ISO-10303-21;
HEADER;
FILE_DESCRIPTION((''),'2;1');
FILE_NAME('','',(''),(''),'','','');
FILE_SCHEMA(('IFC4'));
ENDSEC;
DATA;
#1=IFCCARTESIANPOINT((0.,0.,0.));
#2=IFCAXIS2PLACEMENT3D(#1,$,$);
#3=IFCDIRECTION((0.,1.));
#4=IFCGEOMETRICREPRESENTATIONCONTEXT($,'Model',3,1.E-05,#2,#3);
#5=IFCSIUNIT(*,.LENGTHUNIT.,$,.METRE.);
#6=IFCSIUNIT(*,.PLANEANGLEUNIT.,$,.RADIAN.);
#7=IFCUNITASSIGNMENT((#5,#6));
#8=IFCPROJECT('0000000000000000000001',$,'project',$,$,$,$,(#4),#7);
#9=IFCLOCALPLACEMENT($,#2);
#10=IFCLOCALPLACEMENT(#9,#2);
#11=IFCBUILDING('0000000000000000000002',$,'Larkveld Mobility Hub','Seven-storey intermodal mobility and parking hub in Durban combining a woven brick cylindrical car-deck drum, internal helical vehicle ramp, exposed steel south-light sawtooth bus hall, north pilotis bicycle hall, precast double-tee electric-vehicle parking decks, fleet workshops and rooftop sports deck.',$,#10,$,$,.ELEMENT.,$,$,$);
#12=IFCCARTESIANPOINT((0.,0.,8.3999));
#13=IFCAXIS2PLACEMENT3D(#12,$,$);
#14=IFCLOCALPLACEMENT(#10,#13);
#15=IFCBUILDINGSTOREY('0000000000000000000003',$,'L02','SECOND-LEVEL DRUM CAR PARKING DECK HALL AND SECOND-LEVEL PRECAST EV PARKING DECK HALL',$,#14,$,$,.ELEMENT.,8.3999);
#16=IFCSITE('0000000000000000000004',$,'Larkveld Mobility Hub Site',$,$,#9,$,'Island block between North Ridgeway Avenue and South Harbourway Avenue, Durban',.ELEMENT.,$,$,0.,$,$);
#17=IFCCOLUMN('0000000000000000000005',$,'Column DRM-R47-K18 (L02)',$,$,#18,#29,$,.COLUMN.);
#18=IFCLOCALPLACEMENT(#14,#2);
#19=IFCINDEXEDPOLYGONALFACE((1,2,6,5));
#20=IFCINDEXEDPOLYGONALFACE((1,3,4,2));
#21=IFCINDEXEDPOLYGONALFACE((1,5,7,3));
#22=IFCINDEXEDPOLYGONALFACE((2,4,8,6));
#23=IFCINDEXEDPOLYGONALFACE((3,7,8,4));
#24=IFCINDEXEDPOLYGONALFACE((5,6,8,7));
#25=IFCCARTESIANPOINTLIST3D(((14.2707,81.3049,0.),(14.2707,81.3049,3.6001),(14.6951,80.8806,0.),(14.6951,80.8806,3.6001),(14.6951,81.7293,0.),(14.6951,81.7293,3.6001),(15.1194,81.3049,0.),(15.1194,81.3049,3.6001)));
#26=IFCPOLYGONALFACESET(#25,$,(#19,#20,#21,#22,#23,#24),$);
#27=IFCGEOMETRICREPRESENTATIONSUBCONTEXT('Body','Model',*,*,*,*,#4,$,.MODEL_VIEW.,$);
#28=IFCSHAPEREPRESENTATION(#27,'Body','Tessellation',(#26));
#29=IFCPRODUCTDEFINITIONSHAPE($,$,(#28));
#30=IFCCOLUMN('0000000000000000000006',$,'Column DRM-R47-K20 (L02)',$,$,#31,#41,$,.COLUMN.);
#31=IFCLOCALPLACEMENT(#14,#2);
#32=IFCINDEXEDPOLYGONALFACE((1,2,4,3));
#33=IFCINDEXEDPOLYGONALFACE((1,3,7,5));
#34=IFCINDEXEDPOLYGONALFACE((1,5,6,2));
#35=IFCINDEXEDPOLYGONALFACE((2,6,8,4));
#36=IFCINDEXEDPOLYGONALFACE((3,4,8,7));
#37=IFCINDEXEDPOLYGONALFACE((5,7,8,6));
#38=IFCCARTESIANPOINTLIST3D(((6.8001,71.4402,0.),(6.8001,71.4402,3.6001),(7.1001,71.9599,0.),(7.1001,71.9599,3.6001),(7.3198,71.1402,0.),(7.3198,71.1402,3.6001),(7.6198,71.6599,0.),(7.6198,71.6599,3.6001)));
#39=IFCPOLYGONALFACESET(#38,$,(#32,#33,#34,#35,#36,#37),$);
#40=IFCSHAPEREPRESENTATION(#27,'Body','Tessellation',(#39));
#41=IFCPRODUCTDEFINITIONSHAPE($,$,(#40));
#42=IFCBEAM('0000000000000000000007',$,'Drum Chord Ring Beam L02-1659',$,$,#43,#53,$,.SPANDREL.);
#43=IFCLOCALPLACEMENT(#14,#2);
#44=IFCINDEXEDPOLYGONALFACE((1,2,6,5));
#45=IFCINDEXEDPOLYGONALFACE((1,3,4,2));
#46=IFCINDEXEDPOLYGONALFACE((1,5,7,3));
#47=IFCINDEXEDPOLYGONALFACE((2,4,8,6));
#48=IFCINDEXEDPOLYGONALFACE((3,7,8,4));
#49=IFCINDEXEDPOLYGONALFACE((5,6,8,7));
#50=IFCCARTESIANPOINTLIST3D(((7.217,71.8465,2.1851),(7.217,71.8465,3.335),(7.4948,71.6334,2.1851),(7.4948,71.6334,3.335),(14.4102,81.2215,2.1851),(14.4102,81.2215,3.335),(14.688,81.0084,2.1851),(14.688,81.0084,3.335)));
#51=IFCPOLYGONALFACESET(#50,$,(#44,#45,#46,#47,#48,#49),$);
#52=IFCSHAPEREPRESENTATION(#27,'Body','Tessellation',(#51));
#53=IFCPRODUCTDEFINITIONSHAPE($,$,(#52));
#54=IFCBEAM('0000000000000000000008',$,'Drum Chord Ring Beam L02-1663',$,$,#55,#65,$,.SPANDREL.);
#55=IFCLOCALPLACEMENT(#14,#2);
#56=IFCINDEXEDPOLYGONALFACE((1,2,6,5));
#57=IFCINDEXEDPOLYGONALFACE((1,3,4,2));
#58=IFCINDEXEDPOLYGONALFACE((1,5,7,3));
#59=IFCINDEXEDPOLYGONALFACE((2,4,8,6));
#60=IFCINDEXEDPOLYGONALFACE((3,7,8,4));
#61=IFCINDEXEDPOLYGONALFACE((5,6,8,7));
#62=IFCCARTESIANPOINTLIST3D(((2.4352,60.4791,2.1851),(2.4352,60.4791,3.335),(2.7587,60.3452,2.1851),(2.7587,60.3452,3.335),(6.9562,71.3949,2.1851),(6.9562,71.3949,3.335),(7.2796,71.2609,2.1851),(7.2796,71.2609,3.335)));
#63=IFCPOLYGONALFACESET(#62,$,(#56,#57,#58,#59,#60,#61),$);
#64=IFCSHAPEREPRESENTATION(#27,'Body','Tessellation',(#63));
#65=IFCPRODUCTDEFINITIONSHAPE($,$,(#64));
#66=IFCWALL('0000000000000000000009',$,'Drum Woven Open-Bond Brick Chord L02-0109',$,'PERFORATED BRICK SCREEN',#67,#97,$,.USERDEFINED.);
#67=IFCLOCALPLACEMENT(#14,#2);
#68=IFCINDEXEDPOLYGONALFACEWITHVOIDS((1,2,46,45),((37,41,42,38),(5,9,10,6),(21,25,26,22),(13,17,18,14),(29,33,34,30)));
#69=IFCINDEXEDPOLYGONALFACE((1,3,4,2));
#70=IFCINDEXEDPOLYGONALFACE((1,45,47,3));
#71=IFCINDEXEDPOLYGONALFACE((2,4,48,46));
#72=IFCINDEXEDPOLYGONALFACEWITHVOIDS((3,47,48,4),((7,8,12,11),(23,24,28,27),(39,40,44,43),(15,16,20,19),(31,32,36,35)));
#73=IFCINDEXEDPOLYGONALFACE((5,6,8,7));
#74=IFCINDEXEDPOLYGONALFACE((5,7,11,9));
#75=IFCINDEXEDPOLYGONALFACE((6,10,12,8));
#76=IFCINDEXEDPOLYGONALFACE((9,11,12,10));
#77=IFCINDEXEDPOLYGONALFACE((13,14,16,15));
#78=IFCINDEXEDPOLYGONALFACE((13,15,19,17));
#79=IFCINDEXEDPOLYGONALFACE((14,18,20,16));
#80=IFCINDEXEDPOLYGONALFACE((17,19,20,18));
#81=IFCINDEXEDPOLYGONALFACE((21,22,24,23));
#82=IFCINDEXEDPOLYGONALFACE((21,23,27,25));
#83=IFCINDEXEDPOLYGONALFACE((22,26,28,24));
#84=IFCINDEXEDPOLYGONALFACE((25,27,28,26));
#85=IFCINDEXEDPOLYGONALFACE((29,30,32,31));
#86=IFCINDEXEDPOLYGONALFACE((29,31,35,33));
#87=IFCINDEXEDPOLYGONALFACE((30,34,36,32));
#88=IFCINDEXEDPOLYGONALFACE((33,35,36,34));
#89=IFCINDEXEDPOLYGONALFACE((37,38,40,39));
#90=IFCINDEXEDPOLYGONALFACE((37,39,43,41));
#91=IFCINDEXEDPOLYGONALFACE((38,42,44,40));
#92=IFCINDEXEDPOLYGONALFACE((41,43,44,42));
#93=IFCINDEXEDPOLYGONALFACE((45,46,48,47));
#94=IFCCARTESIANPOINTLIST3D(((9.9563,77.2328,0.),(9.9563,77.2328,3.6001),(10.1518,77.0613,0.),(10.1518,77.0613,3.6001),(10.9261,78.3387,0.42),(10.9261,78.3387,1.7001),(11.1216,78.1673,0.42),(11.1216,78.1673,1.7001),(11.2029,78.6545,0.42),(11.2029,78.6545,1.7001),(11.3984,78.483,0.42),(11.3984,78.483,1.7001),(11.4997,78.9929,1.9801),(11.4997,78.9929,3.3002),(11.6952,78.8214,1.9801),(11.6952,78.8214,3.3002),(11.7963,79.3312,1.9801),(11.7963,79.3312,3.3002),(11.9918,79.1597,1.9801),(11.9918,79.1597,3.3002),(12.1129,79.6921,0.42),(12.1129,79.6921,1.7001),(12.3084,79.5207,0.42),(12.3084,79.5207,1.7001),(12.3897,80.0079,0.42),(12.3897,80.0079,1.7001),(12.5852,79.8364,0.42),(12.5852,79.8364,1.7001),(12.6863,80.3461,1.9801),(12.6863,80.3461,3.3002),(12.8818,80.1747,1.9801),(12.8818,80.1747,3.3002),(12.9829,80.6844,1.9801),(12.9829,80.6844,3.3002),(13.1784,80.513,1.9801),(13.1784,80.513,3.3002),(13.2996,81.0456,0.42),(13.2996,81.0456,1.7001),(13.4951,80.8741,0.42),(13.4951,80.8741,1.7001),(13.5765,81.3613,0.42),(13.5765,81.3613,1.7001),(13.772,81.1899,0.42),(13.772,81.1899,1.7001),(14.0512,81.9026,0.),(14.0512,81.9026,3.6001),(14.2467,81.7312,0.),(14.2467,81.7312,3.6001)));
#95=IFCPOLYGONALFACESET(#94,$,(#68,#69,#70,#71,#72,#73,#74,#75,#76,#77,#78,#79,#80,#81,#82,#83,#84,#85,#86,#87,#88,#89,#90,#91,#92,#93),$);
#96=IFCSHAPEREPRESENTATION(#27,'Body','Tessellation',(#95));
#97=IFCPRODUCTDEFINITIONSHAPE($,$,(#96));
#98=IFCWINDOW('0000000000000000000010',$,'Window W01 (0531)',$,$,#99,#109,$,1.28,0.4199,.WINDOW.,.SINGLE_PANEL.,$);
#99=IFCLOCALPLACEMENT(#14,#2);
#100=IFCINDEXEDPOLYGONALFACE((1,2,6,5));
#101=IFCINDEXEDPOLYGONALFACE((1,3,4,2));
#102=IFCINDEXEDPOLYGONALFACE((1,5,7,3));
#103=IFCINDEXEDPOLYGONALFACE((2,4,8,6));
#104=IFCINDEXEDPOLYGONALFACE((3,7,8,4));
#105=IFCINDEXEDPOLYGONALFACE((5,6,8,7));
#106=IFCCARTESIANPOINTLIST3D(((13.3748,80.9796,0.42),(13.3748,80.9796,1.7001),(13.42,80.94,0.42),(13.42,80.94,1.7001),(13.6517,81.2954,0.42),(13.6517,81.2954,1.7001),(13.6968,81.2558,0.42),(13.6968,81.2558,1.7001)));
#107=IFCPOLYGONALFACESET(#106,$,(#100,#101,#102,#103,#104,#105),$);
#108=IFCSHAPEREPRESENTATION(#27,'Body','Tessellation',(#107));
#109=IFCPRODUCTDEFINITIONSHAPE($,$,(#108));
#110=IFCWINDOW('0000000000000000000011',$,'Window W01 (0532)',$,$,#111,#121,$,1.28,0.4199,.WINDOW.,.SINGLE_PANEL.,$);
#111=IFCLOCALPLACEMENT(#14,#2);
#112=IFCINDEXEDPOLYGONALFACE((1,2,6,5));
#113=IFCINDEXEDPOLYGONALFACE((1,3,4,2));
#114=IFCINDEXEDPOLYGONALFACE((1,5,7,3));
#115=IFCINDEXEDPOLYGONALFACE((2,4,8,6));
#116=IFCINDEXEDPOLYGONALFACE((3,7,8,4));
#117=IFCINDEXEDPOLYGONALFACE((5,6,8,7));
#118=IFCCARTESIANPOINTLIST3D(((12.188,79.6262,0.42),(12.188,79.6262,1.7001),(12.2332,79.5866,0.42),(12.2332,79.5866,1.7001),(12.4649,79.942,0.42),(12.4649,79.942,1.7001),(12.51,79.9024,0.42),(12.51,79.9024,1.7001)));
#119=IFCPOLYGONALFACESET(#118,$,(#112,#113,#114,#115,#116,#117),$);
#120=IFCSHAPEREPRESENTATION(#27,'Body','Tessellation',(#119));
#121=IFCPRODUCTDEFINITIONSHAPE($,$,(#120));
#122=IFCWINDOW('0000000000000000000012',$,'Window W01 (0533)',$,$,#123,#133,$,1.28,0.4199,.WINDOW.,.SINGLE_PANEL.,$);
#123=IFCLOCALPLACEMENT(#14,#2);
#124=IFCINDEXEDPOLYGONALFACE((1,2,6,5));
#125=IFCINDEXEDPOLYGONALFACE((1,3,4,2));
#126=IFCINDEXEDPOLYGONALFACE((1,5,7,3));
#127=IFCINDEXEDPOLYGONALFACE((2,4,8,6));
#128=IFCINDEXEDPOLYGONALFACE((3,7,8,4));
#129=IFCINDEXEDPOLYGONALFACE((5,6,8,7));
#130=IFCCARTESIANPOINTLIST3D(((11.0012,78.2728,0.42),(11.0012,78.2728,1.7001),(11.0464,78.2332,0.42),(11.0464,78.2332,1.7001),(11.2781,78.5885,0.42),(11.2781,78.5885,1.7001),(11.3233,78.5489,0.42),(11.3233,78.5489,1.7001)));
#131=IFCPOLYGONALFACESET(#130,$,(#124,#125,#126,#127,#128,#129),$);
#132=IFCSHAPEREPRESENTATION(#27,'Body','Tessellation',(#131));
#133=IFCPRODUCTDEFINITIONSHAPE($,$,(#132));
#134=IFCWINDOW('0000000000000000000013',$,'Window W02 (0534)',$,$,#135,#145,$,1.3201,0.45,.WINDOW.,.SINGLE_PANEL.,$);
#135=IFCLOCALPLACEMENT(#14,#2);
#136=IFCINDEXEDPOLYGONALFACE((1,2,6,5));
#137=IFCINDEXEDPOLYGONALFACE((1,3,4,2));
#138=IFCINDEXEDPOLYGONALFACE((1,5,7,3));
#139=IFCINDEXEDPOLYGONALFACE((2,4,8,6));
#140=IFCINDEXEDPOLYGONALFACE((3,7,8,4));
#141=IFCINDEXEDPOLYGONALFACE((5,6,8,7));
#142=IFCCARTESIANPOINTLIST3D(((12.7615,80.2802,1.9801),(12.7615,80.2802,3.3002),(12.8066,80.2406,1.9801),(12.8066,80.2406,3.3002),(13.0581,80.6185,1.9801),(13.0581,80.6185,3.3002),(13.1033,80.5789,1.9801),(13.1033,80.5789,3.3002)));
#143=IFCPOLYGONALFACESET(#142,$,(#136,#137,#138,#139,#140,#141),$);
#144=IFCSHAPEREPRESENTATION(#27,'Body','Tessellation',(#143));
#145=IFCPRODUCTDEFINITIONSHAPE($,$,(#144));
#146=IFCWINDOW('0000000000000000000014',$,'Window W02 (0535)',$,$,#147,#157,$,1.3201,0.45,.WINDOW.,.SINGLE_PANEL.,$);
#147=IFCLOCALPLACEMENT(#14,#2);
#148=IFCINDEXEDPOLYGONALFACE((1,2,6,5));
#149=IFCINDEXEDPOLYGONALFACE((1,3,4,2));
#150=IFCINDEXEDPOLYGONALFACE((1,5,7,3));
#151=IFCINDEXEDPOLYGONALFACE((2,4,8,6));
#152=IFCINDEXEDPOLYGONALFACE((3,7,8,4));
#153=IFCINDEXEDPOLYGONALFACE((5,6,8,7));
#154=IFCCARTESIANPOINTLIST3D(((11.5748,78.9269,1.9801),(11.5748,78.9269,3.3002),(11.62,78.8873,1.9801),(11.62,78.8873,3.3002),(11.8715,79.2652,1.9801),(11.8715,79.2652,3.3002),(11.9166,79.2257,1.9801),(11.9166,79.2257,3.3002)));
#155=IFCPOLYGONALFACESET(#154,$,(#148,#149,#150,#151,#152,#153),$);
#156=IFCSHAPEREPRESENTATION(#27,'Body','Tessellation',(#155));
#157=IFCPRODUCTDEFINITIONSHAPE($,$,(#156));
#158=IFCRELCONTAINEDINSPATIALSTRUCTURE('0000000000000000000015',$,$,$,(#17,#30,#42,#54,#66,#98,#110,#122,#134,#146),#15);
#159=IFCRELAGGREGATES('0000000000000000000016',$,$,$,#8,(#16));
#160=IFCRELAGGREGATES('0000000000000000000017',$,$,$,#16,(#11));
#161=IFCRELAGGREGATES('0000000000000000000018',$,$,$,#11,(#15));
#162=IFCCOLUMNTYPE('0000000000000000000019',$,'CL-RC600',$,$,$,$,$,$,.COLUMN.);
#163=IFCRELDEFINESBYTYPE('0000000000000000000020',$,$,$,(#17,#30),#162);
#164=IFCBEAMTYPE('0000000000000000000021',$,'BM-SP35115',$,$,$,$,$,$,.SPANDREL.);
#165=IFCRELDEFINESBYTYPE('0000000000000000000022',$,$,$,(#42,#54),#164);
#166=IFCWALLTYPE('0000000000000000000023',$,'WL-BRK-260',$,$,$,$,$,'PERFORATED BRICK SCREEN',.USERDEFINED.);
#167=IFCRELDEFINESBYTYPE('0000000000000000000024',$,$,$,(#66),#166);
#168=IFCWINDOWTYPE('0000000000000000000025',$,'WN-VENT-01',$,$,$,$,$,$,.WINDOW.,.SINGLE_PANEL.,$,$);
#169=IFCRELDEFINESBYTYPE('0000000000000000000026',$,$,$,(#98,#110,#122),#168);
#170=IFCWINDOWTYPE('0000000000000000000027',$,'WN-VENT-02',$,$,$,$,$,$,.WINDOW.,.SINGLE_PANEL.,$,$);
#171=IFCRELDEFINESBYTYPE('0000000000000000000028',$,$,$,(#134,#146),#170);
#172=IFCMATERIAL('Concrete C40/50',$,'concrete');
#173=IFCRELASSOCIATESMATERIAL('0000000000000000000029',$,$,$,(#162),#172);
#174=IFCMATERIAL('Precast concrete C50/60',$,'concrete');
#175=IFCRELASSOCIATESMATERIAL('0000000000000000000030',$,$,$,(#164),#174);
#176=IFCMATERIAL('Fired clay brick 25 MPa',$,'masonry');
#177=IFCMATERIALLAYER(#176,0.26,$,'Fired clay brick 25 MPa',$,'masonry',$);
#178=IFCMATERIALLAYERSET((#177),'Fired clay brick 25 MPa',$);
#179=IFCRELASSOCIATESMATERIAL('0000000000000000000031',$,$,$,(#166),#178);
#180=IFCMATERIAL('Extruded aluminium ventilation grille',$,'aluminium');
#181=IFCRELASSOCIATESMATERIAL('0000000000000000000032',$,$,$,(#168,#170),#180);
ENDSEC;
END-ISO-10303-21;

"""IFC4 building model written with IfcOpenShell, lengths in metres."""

from ifc_helpers import new_model, si_unit, direction, frame, frame_2d, origin, origin_2d, place, context, subcontext, project, spatial, rectangle, extrude, material, layer, layer_set, material_profile, profile_set, type_object, element, fill, save


model = new_model("IFC4")

# Units and contexts
model_context = context("Model", 3, precision=1e-05, world=origin(), true_north=direction((0.0, 1.0)))
body_context = subcontext(model_context, "Body", "Model", "MODEL_VIEW")
ifc_project = project(units=[si_unit("LENGTHUNIT", "METRE"), si_unit("PLANEANGLEUNIT", "RADIAN")], contexts=[model_context])

# Site, building, storey
site_placement = place(None, origin())
site = spatial("IfcSite", under=ifc_project, at=site_placement, Name="Larkveld Mobility Hub Site", LongName="Island block between North Ridgeway Avenue and South Harbourway Avenue, Durban", CompositionType="ELEMENT", RefElevation=0.0)
building_placement = place(site_placement, origin())
building = spatial("IfcBuilding", under=site, at=building_placement, Name="Larkveld Mobility Hub", Description="Seven-storey intermodal mobility and parking hub in Durban combining a woven brick cylindrical car-deck drum, internal helical vehicle ramp, exposed steel south-light sawtooth bus hall, north pilotis bicycle hall, precast double-tee electric-vehicle parking decks, fleet workshops and rooftop sports deck.", CompositionType="ELEMENT")
storey_placement = place(building_placement, frame((0.0, 0.0, 8.3999)))
storey = spatial("IfcBuildingStorey", under=building, at=storey_placement, Name="L02", Description="SECOND-LEVEL DRUM CAR PARKING DECK HALL AND SECOND-LEVEL PRECAST EV PARKING DECK HALL", CompositionType="ELEMENT", Elevation=8.3999)

# Columns
ifc_material_1 = material(Name="Concrete C40/50", Category="concrete")
ifc_material_profile_1 = material_profile(ifc_material_1, rectangle(XDim=0.6001, YDim=0.6001, at=origin_2d()), Name="RC COL 600x600")
ifc_profile_set_1 = profile_set([ifc_material_profile_1], Name="Concrete C40/50")
column_type = type_object("IfcColumnType", Name="CL-RC600", PredefinedType="COLUMN", material=ifc_profile_set_1)
for number, where, z_axis, x_axis, name in (
    (1, (14.6951, 81.3049, 0.0), (0.0, 0.0, 1.0), (-0.707107, 0.707107, 0.0), "Column DRM-R47-K18 (L02)"),
    (2, (7.21, 71.55, 0.0), (0.0, 0.0, 1.0), (-0.866025, 0.5, 0.0), "Column DRM-R47-K20 (L02)"),
):
    element("IfcColumn", number, at=place(storey_placement, frame(where, z_axis=z_axis, x_axis=x_axis)), inside=storey, type_object=column_type, Name=name, PredefinedType="COLUMN", context=body_context, shape_type="SweptSolid", body=[
        extrude(rectangle(XDim=0.6001, YDim=0.6001, at=origin_2d()), origin(), (0.0, 0.0, 1.0), 3.6001),
    ])

# Beams
ifc_material_2 = material(Name="Precast concrete C50/60", Category="concrete")
ifc_material_profile_2 = material_profile(ifc_material_2, rectangle(XDim=0.3501, YDim=1.1499, at=origin_2d()), Name="PC SP 350x1150")
ifc_profile_set_2 = profile_set([ifc_material_profile_2], Name="Precast concrete C50/60")
beam_type = type_object("IfcBeamType", Name="BM-SP35115", PredefinedType="SPANDREL", material=ifc_profile_set_2)
beam_1_placement = place(storey_placement, frame((14.5491, 81.115, 2.76), z_axis=(-0.608731, -0.793377, 0.0), x_axis=(0.793377, -0.608731, 0.0)))
element("IfcBeam", 3, at=beam_1_placement, inside=storey, type_object=beam_type, Name="Drum Chord Ring Beam L02-1659", PredefinedType="SPANDREL", context=body_context, shape_type="SweptSolid", body=[
    extrude(rectangle(XDim=0.3501, YDim=1.1499, at=origin_2d()), origin(), (0.0, 0.0, 1.0), 11.8167),
])
beam_2_placement = place(storey_placement, frame((7.1179, 71.3279, 2.76), z_axis=(-0.38265, -0.923893, 0.0), x_axis=(0.923893, -0.38265, 0.0)))
element("IfcBeam", 4, at=beam_2_placement, inside=storey, type_object=beam_type, Name="Drum Chord Ring Beam L02-1663", PredefinedType="SPANDREL", context=body_context, shape_type="SweptSolid", body=[
    extrude(rectangle(XDim=0.3501, YDim=1.1499, at=origin_2d()), origin(), (0.0, 0.0, 1.0), 11.8149),
])

# Wall, openings, windows
ifc_material_3 = material(Name="Fired clay brick 25 MPa", Category="masonry")
ifc_layer_1 = layer(ifc_material_3, 0.26, Name="Fired clay brick 25 MPa", Category="masonry")
ifc_layer_set_1 = layer_set([ifc_layer_1], Name="Fired clay brick 25 MPa")
wall_type_1 = type_object("IfcWallType", Name="WL-BRK-260", ElementType="PERFORATED BRICK SCREEN", PredefinedType="USERDEFINED", material=ifc_layer_set_1)
wall_1_placement = place(storey_placement, frame((14.1489, 81.8169, 0.0), z_axis=(0.0, 0.0, 1.0), x_axis=(-0.659306, -0.751875, 0.0)))
wall_1 = element("IfcWall", 5, at=wall_1_placement, inside=storey, type_object=wall_type_1, Name="Drum Woven Open-Bond Brick Chord L02-0109", ObjectType="PERFORATED BRICK SCREEN", PredefinedType="USERDEFINED", context=body_context, shape_type="SweptSolid", body=[
    extrude(rectangle(XDim=6.2109, YDim=0.26, at=frame_2d((3.1055, 0.0))), origin(), (0.0, 0.0, 1.0), 3.6001),
])
opening_1_placement = place(wall_1_placement, frame((0.72, 0.0, 0.4199)))
opening_1 = element("IfcOpeningElement", 6, at=opening_1_placement, cuts=wall_1, PredefinedType="OPENING", context=body_context, shape_type="SweptSolid", body=[
    extrude(rectangle(XDim=0.4199, YDim=1.28, at=frame_2d((0.21, 0.6401))), frame((0.0, 0.1401, 0.0), z_axis=(0.0, -1.0, 0.0), x_axis=(1.0, 0.0, 0.0)), (0.0, 0.0, 1.0), 0.28),
])
opening_2_placement = place(wall_1_placement, frame((2.52, 0.0, 0.4199)))
opening_2 = element("IfcOpeningElement", 7, at=opening_2_placement, cuts=wall_1, PredefinedType="OPENING", context=body_context, shape_type="SweptSolid", body=[
    extrude(rectangle(XDim=0.4199, YDim=1.28, at=frame_2d((0.21, 0.6401))), frame((0.0, 0.1401, 0.0), z_axis=(0.0, -1.0, 0.0), x_axis=(1.0, 0.0, 0.0)), (0.0, 0.0, 1.0), 0.28),
])
opening_3_placement = place(wall_1_placement, frame((4.3201, 0.0, 0.4199)))
opening_3 = element("IfcOpeningElement", 8, at=opening_3_placement, cuts=wall_1, PredefinedType="OPENING", context=body_context, shape_type="SweptSolid", body=[
    extrude(rectangle(XDim=0.4199, YDim=1.28, at=frame_2d((0.21, 0.6401))), frame((0.0, 0.1401, 0.0), z_axis=(0.0, -1.0, 0.0), x_axis=(1.0, 0.0, 0.0)), (0.0, 0.0, 1.0), 0.28),
])
opening_4_placement = place(wall_1_placement, frame((1.6201, 0.0, 1.98)))
opening_4 = element("IfcOpeningElement", 9, at=opening_4_placement, cuts=wall_1, PredefinedType="OPENING", context=body_context, shape_type="SweptSolid", body=[
    extrude(rectangle(XDim=0.45, YDim=1.3201, at=frame_2d((0.2251, 0.6602))), frame((0.0, 0.1401, 0.0), z_axis=(0.0, -1.0, 0.0), x_axis=(1.0, 0.0, 0.0)), (0.0, 0.0, 1.0), 0.28),
])
opening_5_placement = place(wall_1_placement, frame((3.4199, 0.0, 1.98)))
opening_5 = element("IfcOpeningElement", 10, at=opening_5_placement, cuts=wall_1, PredefinedType="OPENING", context=body_context, shape_type="SweptSolid", body=[
    extrude(rectangle(XDim=0.45, YDim=1.3201, at=frame_2d((0.2251, 0.6602))), frame((0.0, 0.1401, 0.0), z_axis=(0.0, -1.0, 0.0), x_axis=(1.0, 0.0, 0.0)), (0.0, 0.0, 1.0), 0.28),
])
ifc_material_4 = material(Name="Extruded aluminium ventilation grille", Category="aluminium")
window_type_1 = type_object("IfcWindowType", Name="WN-VENT-01", PartitioningType="SINGLE_PANEL", PredefinedType="WINDOW", material=ifc_material_4)
window_1_placement = place(opening_1_placement, origin())
window_1 = element("IfcWindow", 11, at=window_1_placement, inside=storey, type_object=window_type_1, Name="Window W01 (0531)", OverallHeight=1.28, OverallWidth=0.4199, PartitioningType="SINGLE_PANEL", PredefinedType="WINDOW", context=body_context, shape_type="SweptSolid", body=[
    extrude(rectangle(XDim=0.4199, YDim=1.28, at=frame_2d((0.21, 0.6401))), frame((0.0, 0.03, 0.0), z_axis=(0.0, -1.0, 0.0), x_axis=(1.0, 0.0, 0.0)), (0.0, 0.0, 1.0), 0.0601),
])
fill(opening_1, window_1)
window_2_placement = place(opening_2_placement, origin())
window_2 = element("IfcWindow", 12, at=window_2_placement, inside=storey, type_object=window_type_1, Name="Window W01 (0532)", OverallHeight=1.28, OverallWidth=0.4199, PartitioningType="SINGLE_PANEL", PredefinedType="WINDOW", context=body_context, shape_type="SweptSolid", body=[
    extrude(rectangle(XDim=0.4199, YDim=1.28, at=frame_2d((0.21, 0.6401))), frame((0.0, 0.03, 0.0), z_axis=(0.0, -1.0, 0.0), x_axis=(1.0, 0.0, 0.0)), (0.0, 0.0, 1.0), 0.0601),
])
fill(opening_2, window_2)
window_3_placement = place(opening_3_placement, origin())
window_3 = element("IfcWindow", 13, at=window_3_placement, inside=storey, type_object=window_type_1, Name="Window W01 (0533)", OverallHeight=1.28, OverallWidth=0.4199, PartitioningType="SINGLE_PANEL", PredefinedType="WINDOW", context=body_context, shape_type="SweptSolid", body=[
    extrude(rectangle(XDim=0.4199, YDim=1.28, at=frame_2d((0.21, 0.6401))), frame((0.0, 0.03, 0.0), z_axis=(0.0, -1.0, 0.0), x_axis=(1.0, 0.0, 0.0)), (0.0, 0.0, 1.0), 0.0601),
])
fill(opening_3, window_3)
window_type_2 = type_object("IfcWindowType", Name="WN-VENT-02", PartitioningType="SINGLE_PANEL", PredefinedType="WINDOW", material=ifc_material_4)
window_4_placement = place(opening_4_placement, origin())
window_4 = element("IfcWindow", 14, at=window_4_placement, inside=storey, type_object=window_type_2, Name="Window W02 (0534)", OverallHeight=1.3201, OverallWidth=0.45, PartitioningType="SINGLE_PANEL", PredefinedType="WINDOW", context=body_context, shape_type="SweptSolid", body=[
    extrude(rectangle(XDim=0.45, YDim=1.3201, at=frame_2d((0.2251, 0.6602))), frame((0.0, 0.03, 0.0), z_axis=(0.0, -1.0, 0.0), x_axis=(1.0, 0.0, 0.0)), (0.0, 0.0, 1.0), 0.0601),
])
fill(opening_4, window_4)
window_5_placement = place(opening_5_placement, origin())
window_5 = element("IfcWindow", 15, at=window_5_placement, inside=storey, type_object=window_type_2, Name="Window W02 (0535)", OverallHeight=1.3201, OverallWidth=0.45, PartitioningType="SINGLE_PANEL", PredefinedType="WINDOW", context=body_context, shape_type="SweptSolid", body=[
    extrude(rectangle(XDim=0.45, YDim=1.3201, at=frame_2d((0.2251, 0.6602))), frame((0.0, 0.03, 0.0), z_axis=(0.0, -1.0, 0.0), x_axis=(1.0, 0.0, 0.0)), (0.0, 0.0, 1.0), 0.0601),
])
fill(opening_5, window_5)

save(model, "model.ifc")
